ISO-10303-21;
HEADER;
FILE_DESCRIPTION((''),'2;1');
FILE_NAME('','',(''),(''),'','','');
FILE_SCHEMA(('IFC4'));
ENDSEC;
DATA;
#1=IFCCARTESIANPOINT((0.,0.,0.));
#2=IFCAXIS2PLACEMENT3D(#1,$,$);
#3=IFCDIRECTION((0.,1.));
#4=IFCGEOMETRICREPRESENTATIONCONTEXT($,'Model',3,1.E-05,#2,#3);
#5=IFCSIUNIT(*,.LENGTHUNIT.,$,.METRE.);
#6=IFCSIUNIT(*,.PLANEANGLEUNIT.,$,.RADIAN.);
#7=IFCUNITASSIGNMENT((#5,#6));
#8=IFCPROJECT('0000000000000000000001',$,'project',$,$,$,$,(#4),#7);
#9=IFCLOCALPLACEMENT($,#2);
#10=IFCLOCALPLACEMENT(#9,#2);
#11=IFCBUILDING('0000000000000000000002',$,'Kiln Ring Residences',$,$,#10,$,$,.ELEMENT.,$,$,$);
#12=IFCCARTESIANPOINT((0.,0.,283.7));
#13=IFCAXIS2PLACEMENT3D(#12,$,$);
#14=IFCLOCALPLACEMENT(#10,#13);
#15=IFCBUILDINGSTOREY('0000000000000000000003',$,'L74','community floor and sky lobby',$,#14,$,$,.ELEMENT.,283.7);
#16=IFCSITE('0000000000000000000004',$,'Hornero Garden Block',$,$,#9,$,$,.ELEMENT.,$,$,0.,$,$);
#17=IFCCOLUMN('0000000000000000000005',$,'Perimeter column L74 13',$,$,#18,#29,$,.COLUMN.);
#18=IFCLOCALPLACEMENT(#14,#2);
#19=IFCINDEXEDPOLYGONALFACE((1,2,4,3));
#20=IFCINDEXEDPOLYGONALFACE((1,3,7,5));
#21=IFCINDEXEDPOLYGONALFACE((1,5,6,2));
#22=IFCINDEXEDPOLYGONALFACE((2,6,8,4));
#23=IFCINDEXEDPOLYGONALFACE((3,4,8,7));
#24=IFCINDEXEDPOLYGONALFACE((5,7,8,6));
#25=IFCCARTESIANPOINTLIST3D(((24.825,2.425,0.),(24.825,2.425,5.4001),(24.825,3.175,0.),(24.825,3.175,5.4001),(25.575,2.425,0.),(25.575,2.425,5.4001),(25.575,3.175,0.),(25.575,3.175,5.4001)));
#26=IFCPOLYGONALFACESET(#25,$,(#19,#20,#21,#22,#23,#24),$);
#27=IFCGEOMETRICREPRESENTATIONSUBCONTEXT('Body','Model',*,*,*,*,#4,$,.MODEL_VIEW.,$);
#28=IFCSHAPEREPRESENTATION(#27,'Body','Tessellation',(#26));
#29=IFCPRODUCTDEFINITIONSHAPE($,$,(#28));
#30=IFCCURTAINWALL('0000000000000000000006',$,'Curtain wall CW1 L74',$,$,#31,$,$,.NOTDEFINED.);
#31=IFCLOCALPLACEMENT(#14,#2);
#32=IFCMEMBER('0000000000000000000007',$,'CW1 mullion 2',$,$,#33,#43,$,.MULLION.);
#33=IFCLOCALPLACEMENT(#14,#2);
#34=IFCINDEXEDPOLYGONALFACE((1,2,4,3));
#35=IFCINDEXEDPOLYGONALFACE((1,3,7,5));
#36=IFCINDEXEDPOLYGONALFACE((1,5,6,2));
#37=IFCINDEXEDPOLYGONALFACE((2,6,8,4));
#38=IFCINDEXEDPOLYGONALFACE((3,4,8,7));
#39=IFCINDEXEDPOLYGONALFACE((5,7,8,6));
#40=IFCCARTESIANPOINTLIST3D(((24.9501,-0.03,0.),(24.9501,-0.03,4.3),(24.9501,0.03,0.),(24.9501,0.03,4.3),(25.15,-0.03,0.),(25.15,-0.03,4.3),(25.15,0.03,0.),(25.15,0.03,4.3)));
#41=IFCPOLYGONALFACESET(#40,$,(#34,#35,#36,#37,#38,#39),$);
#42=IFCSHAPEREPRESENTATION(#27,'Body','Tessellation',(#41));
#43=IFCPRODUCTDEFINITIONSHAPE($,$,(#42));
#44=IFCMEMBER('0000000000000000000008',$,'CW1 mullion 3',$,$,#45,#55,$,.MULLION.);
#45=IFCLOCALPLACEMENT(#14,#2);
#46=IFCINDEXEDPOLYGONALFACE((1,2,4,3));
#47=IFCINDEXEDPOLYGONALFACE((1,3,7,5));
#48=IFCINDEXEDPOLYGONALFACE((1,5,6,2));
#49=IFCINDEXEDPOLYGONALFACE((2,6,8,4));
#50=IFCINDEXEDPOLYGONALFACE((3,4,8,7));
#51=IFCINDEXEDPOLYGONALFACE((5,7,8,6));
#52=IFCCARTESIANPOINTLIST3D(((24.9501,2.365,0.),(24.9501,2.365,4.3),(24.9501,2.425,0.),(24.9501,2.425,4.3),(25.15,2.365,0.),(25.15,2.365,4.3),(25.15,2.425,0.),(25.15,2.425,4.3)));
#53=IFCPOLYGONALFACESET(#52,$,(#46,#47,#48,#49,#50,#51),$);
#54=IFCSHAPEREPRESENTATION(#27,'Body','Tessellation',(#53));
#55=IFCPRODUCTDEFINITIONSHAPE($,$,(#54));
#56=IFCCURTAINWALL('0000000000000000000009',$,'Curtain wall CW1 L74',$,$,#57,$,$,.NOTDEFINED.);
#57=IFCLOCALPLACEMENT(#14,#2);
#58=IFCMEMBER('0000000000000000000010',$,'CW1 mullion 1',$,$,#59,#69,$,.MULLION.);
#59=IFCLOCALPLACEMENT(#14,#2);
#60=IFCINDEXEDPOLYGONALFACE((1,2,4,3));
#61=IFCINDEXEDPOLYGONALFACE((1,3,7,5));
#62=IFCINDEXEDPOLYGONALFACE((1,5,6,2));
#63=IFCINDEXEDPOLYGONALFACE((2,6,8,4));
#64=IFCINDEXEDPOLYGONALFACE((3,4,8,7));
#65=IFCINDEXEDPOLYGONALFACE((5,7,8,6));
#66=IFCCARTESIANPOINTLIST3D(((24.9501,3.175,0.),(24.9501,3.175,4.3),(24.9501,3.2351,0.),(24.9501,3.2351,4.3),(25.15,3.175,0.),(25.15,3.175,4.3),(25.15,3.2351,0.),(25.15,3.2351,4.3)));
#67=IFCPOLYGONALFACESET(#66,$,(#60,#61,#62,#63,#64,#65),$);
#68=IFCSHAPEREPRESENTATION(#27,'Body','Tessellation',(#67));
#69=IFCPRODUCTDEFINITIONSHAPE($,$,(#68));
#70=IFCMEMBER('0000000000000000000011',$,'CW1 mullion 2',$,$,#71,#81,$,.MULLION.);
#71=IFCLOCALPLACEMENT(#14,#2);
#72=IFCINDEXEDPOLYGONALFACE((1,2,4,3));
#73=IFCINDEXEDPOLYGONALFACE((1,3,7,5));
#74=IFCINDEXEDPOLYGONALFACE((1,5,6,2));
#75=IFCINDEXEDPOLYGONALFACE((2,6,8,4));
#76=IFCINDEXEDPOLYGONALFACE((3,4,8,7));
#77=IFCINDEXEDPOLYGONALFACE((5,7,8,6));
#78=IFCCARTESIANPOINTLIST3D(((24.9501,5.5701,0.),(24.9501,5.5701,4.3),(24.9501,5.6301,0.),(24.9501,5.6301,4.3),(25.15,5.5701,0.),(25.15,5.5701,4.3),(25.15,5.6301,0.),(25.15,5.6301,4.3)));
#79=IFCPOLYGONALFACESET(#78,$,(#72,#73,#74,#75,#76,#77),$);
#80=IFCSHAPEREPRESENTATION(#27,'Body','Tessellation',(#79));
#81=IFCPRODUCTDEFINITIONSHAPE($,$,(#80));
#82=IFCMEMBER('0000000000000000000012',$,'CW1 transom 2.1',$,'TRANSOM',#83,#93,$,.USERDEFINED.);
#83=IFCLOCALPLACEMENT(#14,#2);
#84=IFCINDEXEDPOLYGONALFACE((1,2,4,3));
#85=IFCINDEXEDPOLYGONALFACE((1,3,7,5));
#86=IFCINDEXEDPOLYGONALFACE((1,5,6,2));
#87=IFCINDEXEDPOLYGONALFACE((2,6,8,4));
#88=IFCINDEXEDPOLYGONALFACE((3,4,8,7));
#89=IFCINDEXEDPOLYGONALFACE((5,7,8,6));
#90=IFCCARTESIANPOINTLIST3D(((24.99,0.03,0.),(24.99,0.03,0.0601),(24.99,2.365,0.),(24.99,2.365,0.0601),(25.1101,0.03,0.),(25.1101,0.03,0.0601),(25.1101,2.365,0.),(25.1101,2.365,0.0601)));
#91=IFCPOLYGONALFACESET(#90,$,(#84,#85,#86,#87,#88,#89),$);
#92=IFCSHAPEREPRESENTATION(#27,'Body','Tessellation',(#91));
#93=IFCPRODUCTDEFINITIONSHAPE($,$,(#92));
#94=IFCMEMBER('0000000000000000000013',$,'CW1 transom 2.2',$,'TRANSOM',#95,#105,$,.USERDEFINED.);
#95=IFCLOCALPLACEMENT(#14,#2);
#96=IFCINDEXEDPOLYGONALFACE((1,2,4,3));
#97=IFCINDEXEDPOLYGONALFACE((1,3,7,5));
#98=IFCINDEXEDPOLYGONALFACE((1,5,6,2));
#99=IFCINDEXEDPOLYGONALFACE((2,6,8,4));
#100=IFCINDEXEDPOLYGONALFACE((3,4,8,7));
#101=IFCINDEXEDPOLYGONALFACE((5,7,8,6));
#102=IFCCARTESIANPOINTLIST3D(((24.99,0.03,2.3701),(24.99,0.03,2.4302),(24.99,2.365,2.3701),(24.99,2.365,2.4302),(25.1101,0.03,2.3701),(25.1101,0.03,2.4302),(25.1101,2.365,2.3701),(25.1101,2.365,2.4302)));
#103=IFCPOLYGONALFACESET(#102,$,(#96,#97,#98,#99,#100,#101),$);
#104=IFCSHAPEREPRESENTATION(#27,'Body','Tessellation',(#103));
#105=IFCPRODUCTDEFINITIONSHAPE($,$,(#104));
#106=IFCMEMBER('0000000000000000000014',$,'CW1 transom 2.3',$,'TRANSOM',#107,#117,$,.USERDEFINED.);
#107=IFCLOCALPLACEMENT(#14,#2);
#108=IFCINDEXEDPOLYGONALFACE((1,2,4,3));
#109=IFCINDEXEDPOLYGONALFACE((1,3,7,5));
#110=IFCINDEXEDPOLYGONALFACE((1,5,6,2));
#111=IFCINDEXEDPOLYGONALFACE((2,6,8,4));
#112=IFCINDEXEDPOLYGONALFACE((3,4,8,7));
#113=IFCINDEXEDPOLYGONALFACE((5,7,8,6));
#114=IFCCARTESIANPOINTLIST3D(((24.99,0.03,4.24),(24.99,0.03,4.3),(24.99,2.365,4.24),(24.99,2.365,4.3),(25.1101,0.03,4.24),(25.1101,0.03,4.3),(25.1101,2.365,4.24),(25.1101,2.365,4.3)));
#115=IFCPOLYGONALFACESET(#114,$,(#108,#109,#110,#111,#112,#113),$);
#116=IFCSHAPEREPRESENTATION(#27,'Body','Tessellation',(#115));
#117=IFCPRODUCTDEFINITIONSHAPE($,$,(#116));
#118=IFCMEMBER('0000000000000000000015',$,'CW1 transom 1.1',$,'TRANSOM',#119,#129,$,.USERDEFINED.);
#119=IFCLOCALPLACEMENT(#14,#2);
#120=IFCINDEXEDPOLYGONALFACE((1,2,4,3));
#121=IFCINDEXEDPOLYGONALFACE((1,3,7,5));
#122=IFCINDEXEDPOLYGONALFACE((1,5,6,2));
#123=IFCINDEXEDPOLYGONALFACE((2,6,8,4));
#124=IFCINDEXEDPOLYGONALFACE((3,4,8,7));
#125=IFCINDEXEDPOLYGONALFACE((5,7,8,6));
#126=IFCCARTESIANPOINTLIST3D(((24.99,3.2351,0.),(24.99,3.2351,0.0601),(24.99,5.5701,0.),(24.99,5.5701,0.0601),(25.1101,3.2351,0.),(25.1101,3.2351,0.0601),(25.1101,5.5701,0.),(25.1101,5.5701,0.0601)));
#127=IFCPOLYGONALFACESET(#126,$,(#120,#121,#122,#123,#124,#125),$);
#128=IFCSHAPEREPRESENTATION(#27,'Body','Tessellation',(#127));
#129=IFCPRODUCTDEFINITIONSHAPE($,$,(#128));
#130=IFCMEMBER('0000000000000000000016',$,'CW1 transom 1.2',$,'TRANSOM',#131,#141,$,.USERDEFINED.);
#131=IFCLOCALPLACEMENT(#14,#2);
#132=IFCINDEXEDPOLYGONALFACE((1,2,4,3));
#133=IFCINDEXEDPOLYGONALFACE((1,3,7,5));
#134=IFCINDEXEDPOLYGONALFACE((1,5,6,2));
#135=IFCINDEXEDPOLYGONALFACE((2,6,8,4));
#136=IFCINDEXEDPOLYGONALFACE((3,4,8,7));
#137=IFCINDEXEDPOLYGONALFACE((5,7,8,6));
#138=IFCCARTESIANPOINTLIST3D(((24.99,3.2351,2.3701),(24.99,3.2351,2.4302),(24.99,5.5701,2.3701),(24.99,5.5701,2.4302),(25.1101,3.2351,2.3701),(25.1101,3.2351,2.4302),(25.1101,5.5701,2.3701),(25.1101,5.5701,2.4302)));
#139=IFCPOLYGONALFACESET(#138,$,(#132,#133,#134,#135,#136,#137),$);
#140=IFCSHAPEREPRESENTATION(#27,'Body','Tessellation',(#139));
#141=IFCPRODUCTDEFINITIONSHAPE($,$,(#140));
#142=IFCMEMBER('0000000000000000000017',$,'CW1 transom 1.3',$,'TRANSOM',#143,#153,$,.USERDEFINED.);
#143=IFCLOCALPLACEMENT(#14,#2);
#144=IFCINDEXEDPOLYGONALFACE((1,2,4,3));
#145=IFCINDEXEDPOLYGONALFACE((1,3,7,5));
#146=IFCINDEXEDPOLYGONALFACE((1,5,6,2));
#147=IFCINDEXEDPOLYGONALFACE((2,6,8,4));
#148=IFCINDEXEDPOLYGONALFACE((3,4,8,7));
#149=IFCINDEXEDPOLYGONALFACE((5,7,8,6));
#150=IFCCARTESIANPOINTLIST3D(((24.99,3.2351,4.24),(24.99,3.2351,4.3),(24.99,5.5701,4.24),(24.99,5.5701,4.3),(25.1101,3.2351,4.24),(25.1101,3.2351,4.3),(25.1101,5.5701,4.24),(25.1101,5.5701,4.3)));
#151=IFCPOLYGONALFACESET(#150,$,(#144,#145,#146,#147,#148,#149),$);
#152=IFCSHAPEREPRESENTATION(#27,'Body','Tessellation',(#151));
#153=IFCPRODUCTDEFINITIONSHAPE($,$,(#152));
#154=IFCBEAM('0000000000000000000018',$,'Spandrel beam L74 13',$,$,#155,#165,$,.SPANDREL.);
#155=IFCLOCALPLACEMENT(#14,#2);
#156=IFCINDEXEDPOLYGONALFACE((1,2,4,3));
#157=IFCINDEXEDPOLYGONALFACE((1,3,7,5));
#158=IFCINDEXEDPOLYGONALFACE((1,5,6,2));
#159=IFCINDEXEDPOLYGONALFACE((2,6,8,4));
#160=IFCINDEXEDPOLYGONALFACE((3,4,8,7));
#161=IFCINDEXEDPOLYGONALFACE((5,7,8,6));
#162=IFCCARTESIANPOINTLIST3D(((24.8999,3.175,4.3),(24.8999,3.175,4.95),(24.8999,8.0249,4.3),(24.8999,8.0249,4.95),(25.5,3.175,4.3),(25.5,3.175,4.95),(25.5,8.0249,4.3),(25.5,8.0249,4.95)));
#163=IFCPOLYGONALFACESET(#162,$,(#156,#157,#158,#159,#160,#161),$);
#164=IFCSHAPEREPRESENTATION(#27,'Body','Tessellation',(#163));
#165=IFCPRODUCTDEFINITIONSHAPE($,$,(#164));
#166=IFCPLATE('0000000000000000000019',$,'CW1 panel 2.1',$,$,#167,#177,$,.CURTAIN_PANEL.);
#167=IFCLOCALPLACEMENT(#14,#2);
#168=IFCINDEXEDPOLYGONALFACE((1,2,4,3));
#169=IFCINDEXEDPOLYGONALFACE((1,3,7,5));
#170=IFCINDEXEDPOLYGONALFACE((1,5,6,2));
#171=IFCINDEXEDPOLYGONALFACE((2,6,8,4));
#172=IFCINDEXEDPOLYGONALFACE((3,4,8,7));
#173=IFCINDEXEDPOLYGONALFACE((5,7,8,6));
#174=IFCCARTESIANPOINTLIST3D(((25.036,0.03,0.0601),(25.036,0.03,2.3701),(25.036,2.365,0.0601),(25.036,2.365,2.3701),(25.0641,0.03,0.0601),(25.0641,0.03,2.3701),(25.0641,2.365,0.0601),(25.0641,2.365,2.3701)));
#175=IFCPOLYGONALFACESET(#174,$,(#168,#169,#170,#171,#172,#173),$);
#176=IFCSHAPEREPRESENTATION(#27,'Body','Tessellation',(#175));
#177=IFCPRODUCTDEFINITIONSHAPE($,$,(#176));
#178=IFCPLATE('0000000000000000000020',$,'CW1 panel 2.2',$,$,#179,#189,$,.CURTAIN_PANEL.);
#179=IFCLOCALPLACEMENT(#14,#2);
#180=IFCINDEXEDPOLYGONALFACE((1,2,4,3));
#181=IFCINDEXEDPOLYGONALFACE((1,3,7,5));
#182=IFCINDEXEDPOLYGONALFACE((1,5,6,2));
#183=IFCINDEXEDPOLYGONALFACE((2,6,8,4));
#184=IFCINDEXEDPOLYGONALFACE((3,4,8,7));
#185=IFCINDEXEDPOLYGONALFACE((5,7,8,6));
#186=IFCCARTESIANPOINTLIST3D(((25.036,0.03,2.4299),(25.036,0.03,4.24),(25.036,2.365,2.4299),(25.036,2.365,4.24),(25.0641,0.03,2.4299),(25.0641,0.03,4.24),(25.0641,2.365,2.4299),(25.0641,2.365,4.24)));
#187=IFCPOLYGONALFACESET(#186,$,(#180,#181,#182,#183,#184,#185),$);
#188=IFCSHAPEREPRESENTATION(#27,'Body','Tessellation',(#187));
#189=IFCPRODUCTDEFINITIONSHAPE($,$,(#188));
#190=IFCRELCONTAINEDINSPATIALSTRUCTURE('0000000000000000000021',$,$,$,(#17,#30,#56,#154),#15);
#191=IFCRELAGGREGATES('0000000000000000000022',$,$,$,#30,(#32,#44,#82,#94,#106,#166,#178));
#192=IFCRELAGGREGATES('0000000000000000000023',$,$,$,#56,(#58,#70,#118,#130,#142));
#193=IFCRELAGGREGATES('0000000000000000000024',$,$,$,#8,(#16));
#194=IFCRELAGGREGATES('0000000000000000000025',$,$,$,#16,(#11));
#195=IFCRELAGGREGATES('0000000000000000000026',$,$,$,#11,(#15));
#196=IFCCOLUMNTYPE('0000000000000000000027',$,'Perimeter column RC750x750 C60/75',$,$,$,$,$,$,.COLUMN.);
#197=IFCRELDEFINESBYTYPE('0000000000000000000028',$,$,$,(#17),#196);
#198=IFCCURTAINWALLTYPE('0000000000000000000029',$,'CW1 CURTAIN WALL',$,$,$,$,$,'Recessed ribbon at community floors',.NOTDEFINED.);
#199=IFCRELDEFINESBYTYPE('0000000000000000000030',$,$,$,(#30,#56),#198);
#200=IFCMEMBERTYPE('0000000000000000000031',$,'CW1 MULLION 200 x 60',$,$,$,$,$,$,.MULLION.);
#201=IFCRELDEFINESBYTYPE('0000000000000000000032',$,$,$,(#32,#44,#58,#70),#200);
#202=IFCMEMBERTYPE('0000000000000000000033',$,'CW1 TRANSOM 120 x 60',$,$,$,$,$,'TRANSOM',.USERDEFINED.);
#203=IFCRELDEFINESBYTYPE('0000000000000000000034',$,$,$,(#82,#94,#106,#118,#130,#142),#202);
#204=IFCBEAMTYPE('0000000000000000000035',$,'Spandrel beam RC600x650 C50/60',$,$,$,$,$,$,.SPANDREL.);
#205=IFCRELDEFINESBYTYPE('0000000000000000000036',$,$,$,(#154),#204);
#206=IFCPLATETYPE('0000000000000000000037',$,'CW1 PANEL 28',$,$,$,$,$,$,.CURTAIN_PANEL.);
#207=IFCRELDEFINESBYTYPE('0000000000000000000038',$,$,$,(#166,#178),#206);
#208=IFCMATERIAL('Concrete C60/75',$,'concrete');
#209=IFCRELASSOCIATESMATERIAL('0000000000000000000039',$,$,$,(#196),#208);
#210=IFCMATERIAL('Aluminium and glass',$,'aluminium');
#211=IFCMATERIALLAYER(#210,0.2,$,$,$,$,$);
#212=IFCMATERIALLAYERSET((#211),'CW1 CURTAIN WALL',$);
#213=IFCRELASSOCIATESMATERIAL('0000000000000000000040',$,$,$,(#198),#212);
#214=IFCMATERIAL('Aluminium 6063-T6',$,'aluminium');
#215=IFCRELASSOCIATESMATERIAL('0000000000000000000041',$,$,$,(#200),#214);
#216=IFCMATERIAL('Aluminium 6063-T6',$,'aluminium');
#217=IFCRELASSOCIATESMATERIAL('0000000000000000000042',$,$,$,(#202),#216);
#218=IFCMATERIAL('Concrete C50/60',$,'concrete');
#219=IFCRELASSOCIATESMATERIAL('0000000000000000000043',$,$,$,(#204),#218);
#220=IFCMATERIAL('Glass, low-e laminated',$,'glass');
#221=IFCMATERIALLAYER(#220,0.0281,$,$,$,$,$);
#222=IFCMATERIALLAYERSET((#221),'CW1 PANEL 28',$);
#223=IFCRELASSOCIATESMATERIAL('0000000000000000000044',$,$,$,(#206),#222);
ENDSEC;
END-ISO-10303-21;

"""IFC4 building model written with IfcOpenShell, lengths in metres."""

from ifc_helpers import new_model, si_unit, direction, frame, origin, origin_2d, place, context, subcontext, project, spatial, rectangle, extrude, material, layer, layer_set, material_profile, profile_set, type_object, element, aggregate, save


model = new_model("IFC4")

# Units and contexts
model_context = context("Model", 3, precision=1e-05, world=origin(), true_north=direction((0.0, 1.0)))
body_context = subcontext(model_context, "Body", "Model", "MODEL_VIEW")
ifc_project = project(units=[si_unit("LENGTHUNIT", "METRE"), si_unit("PLANEANGLEUNIT", "RADIAN")], contexts=[model_context])

# Site, building, storey
site_placement = place(None, origin())
site = spatial("IfcSite", under=ifc_project, at=site_placement, Name="Hornero Garden Block", CompositionType="ELEMENT", RefElevation=0.0)
building_placement = place(site_placement, origin())
building = spatial("IfcBuilding", under=site, at=building_placement, Name="Kiln Ring Residences", CompositionType="ELEMENT")
storey_placement = place(building_placement, frame((0.0, 0.0, 283.7)))
storey = spatial("IfcBuildingStorey", under=building, at=storey_placement, Name="L74", Description="community floor and sky lobby", CompositionType="ELEMENT", Elevation=283.7)

# Column
ifc_material_1 = material(Name="Concrete C60/75", Category="concrete")
ifc_material_profile_1 = material_profile(ifc_material_1, rectangle(XDim=0.75, YDim=0.75, at=origin_2d()), Name="RC750x750")
ifc_profile_set_1 = profile_set([ifc_material_profile_1], Name="Concrete C60/75")
column_type = type_object("IfcColumnType", Name="Perimeter column RC750x750 C60/75", PredefinedType="COLUMN", material=ifc_profile_set_1)
column_placement = place(storey_placement, frame((25.2, 2.8, 0.0), z_axis=(0.0, 0.0, 1.0), x_axis=(1.0, 0.0, 0.0)))
element("IfcColumn", 1, at=column_placement, inside=storey, type_object=column_type, Name="Perimeter column L74 13", PredefinedType="COLUMN", context=body_context, shape_type="SweptSolid", body=[
    extrude(rectangle(XDim=0.75, YDim=0.75, at=origin_2d()), origin(), (0.0, 0.0, 1.0), 5.4001),
])

# Curtain walls, members
ifc_material_2 = material(Name="Aluminium and glass", Category="aluminium")
ifc_layer_1 = layer(ifc_material_2, 0.2)
ifc_layer_set_1 = layer_set([ifc_layer_1], Name="CW1 CURTAIN WALL")
curtain_wall_type = type_object("IfcCurtainWallType", Name="CW1 CURTAIN WALL", ElementType="Recessed ribbon at community floors", PredefinedType="NOTDEFINED", material=ifc_layer_set_1)
placement = place(storey_placement, origin())
curtain_wall_1 = element("IfcCurtainWall", 2, at=placement, inside=storey, type_object=curtain_wall_type, Name="Curtain wall CW1 L74", PredefinedType="NOTDEFINED")
ifc_material_3 = material(Name="Aluminium 6063-T6", Category="aluminium")
ifc_material_profile_2 = material_profile(ifc_material_3, rectangle(XDim=0.2, YDim=0.0601, at=origin_2d()), Name="AL 200x60")
ifc_profile_set_2 = profile_set([ifc_material_profile_2], Name="Aluminium 6063-T6")
member_type_1 = type_object("IfcMemberType", Name="CW1 MULLION 200 x 60", PredefinedType="MULLION", material=ifc_profile_set_2)
member_1_placement = place(storey_placement, frame((25.05, 0.0, 0.0), z_axis=(0.0, 0.0, 1.0), x_axis=(-1.0, 0.0, 0.0)))
member_1 = element("IfcMember", 3, at=member_1_placement, type_object=member_type_1, Name="CW1 mullion 2", PredefinedType="MULLION", context=body_context, shape_type="SweptSolid", body=[
    extrude(rectangle(XDim=0.2, YDim=0.0601, at=origin_2d()), origin(), (0.0, 0.0, 1.0), 4.3),
])
member_2_placement = place(storey_placement, frame((25.05, 2.395, 0.0), z_axis=(0.0, 0.0, 1.0), x_axis=(-1.0, 0.0, 0.0)))
member_2 = element("IfcMember", 4, at=member_2_placement, type_object=member_type_1, Name="CW1 mullion 3", PredefinedType="MULLION", context=body_context, shape_type="SweptSolid", body=[
    extrude(rectangle(XDim=0.2, YDim=0.0601, at=origin_2d()), origin(), (0.0, 0.0, 1.0), 4.3),
])
curtain_wall_2 = element("IfcCurtainWall", 5, at=placement, inside=storey, type_object=curtain_wall_type, Name="Curtain wall CW1 L74", PredefinedType="NOTDEFINED")
member_3_placement = place(storey_placement, frame((25.05, 3.2051, 0.0), z_axis=(0.0, 0.0, 1.0), x_axis=(-1.0, 0.0, 0.0)))
member_3 = element("IfcMember", 6, at=member_3_placement, type_object=member_type_1, Name="CW1 mullion 1", PredefinedType="MULLION", context=body_context, shape_type="SweptSolid", body=[
    extrude(rectangle(XDim=0.2, YDim=0.0601, at=origin_2d()), origin(), (0.0, 0.0, 1.0), 4.3),
])
member_4_placement = place(storey_placement, frame((25.05, 5.6001, 0.0), z_axis=(0.0, 0.0, 1.0), x_axis=(-1.0, 0.0, 0.0)))
member_4 = element("IfcMember", 7, at=member_4_placement, type_object=member_type_1, Name="CW1 mullion 2", PredefinedType="MULLION", context=body_context, shape_type="SweptSolid", body=[
    extrude(rectangle(XDim=0.2, YDim=0.0601, at=origin_2d()), origin(), (0.0, 0.0, 1.0), 4.3),
])

# Members
ifc_material_4 = material(Name="Aluminium 6063-T6", Category="aluminium")
ifc_material_profile_3 = material_profile(ifc_material_4, rectangle(XDim=0.1201, YDim=0.0601, at=origin_2d()), Name="AL 120x60")
ifc_profile_set_3 = profile_set([ifc_material_profile_3], Name="Aluminium 6063-T6")
member_type_2 = type_object("IfcMemberType", Name="CW1 TRANSOM 120 x 60", ElementType="TRANSOM", PredefinedType="USERDEFINED", material=ifc_profile_set_3)
member_5_placement = place(storey_placement, frame((25.05, 0.03, 0.03), z_axis=(0.0, 1.0, 0.0), x_axis=(-1.0, 0.0, 0.0)))
member_5 = element("IfcMember", 8, at=member_5_placement, type_object=member_type_2, Name="CW1 transom 2.1", ObjectType="TRANSOM", PredefinedType="USERDEFINED", context=body_context, shape_type="SweptSolid", body=[
    extrude(rectangle(XDim=0.1201, YDim=0.0601, at=origin_2d()), origin(), (0.0, 0.0, 1.0), 2.335),
])
member_6_placement = place(storey_placement, frame((25.05, 0.03, 2.4001), z_axis=(0.0, 1.0, 0.0), x_axis=(-1.0, 0.0, 0.0)))
member_6 = element("IfcMember", 9, at=member_6_placement, type_object=member_type_2, Name="CW1 transom 2.2", ObjectType="TRANSOM", PredefinedType="USERDEFINED", context=body_context, shape_type="SweptSolid", body=[
    extrude(rectangle(XDim=0.1201, YDim=0.0601, at=origin_2d()), origin(), (0.0, 0.0, 1.0), 2.335),
])
member_7_placement = place(storey_placement, frame((25.05, 0.03, 4.27), z_axis=(0.0, 1.0, 0.0), x_axis=(-1.0, 0.0, 0.0)))
member_7 = element("IfcMember", 10, at=member_7_placement, type_object=member_type_2, Name="CW1 transom 2.3", ObjectType="TRANSOM", PredefinedType="USERDEFINED", context=body_context, shape_type="SweptSolid", body=[
    extrude(rectangle(XDim=0.1201, YDim=0.0601, at=origin_2d()), origin(), (0.0, 0.0, 1.0), 2.335),
])
member_8_placement = place(storey_placement, frame((25.05, 3.2351, 0.03), z_axis=(0.0, 1.0, 0.0), x_axis=(-1.0, 0.0, 0.0)))
member_8 = element("IfcMember", 11, at=member_8_placement, type_object=member_type_2, Name="CW1 transom 1.1", ObjectType="TRANSOM", PredefinedType="USERDEFINED", context=body_context, shape_type="SweptSolid", body=[
    extrude(rectangle(XDim=0.1201, YDim=0.0601, at=origin_2d()), origin(), (0.0, 0.0, 1.0), 2.335),
])
member_9_placement = place(storey_placement, frame((25.05, 3.2351, 2.4001), z_axis=(0.0, 1.0, 0.0), x_axis=(-1.0, 0.0, 0.0)))
member_9 = element("IfcMember", 12, at=member_9_placement, type_object=member_type_2, Name="CW1 transom 1.2", ObjectType="TRANSOM", PredefinedType="USERDEFINED", context=body_context, shape_type="SweptSolid", body=[
    extrude(rectangle(XDim=0.1201, YDim=0.0601, at=origin_2d()), origin(), (0.0, 0.0, 1.0), 2.335),
])
member_10_placement = place(storey_placement, frame((25.05, 3.2351, 4.27), z_axis=(0.0, 1.0, 0.0), x_axis=(-1.0, 0.0, 0.0)))
member_10 = element("IfcMember", 13, at=member_10_placement, type_object=member_type_2, Name="CW1 transom 1.3", ObjectType="TRANSOM", PredefinedType="USERDEFINED", context=body_context, shape_type="SweptSolid", body=[
    extrude(rectangle(XDim=0.1201, YDim=0.0601, at=origin_2d()), origin(), (0.0, 0.0, 1.0), 2.335),
])

# Beam
ifc_material_5 = material(Name="Concrete C50/60", Category="concrete")
ifc_material_profile_4 = material_profile(ifc_material_5, rectangle(XDim=0.6001, YDim=0.6499, at=origin_2d()), Name="RC600x650")
ifc_profile_set_4 = profile_set([ifc_material_profile_4], Name="Concrete C50/60")
beam_type = type_object("IfcBeamType", Name="Spandrel beam RC600x650 C50/60", PredefinedType="SPANDREL", material=ifc_profile_set_4)
beam_placement = place(storey_placement, frame((25.2, 3.175, 4.625), z_axis=(0.0, 1.0, 0.0), x_axis=(-1.0, 0.0, 0.0)))
element("IfcBeam", 14, at=beam_placement, inside=storey, type_object=beam_type, Name="Spandrel beam L74 13", PredefinedType="SPANDREL", context=body_context, shape_type="SweptSolid", body=[
    extrude(rectangle(XDim=0.6001, YDim=0.6499, at=origin_2d()), origin(), (0.0, 0.0, 1.0), 4.8499),
])

# Plates
ifc_material_6 = material(Name="Glass, low-e laminated", Category="glass")
ifc_layer_2 = layer(ifc_material_6, 0.0281)
ifc_layer_set_2 = layer_set([ifc_layer_2], Name="CW1 PANEL 28")
plate_type = type_object("IfcPlateType", Name="CW1 PANEL 28", PredefinedType="CURTAIN_PANEL", material=ifc_layer_set_2)
plate_1_placement = place(storey_placement, frame((25.05, 1.1975, 0.0601), z_axis=(0.0, 0.0, 1.0), x_axis=(0.0, 1.0, 0.0)))
plate_1 = element("IfcPlate", 15, at=plate_1_placement, type_object=plate_type, Name="CW1 panel 2.1", PredefinedType="CURTAIN_PANEL", context=body_context, shape_type="SweptSolid", body=[
    extrude(rectangle(XDim=2.335, YDim=0.0281, at=origin_2d()), origin(), (0.0, 0.0, 1.0), 2.3101),
])
plate_2_placement = place(storey_placement, frame((25.05, 1.1975, 2.4299), z_axis=(0.0, 0.0, 1.0), x_axis=(0.0, 1.0, 0.0)))
plate_2 = element("IfcPlate", 16, at=plate_2_placement, type_object=plate_type, Name="CW1 panel 2.2", PredefinedType="CURTAIN_PANEL", context=body_context, shape_type="SweptSolid", body=[
    extrude(rectangle(XDim=2.335, YDim=0.0281, at=origin_2d()), origin(), (0.0, 0.0, 1.0), 1.8101),
])
aggregate(curtain_wall_1, [member_1, member_2, member_5, member_6, member_7, plate_1, plate_2])
aggregate(curtain_wall_2, [member_3, member_4, member_8, member_9, member_10])

save(model, "model.ifc")
